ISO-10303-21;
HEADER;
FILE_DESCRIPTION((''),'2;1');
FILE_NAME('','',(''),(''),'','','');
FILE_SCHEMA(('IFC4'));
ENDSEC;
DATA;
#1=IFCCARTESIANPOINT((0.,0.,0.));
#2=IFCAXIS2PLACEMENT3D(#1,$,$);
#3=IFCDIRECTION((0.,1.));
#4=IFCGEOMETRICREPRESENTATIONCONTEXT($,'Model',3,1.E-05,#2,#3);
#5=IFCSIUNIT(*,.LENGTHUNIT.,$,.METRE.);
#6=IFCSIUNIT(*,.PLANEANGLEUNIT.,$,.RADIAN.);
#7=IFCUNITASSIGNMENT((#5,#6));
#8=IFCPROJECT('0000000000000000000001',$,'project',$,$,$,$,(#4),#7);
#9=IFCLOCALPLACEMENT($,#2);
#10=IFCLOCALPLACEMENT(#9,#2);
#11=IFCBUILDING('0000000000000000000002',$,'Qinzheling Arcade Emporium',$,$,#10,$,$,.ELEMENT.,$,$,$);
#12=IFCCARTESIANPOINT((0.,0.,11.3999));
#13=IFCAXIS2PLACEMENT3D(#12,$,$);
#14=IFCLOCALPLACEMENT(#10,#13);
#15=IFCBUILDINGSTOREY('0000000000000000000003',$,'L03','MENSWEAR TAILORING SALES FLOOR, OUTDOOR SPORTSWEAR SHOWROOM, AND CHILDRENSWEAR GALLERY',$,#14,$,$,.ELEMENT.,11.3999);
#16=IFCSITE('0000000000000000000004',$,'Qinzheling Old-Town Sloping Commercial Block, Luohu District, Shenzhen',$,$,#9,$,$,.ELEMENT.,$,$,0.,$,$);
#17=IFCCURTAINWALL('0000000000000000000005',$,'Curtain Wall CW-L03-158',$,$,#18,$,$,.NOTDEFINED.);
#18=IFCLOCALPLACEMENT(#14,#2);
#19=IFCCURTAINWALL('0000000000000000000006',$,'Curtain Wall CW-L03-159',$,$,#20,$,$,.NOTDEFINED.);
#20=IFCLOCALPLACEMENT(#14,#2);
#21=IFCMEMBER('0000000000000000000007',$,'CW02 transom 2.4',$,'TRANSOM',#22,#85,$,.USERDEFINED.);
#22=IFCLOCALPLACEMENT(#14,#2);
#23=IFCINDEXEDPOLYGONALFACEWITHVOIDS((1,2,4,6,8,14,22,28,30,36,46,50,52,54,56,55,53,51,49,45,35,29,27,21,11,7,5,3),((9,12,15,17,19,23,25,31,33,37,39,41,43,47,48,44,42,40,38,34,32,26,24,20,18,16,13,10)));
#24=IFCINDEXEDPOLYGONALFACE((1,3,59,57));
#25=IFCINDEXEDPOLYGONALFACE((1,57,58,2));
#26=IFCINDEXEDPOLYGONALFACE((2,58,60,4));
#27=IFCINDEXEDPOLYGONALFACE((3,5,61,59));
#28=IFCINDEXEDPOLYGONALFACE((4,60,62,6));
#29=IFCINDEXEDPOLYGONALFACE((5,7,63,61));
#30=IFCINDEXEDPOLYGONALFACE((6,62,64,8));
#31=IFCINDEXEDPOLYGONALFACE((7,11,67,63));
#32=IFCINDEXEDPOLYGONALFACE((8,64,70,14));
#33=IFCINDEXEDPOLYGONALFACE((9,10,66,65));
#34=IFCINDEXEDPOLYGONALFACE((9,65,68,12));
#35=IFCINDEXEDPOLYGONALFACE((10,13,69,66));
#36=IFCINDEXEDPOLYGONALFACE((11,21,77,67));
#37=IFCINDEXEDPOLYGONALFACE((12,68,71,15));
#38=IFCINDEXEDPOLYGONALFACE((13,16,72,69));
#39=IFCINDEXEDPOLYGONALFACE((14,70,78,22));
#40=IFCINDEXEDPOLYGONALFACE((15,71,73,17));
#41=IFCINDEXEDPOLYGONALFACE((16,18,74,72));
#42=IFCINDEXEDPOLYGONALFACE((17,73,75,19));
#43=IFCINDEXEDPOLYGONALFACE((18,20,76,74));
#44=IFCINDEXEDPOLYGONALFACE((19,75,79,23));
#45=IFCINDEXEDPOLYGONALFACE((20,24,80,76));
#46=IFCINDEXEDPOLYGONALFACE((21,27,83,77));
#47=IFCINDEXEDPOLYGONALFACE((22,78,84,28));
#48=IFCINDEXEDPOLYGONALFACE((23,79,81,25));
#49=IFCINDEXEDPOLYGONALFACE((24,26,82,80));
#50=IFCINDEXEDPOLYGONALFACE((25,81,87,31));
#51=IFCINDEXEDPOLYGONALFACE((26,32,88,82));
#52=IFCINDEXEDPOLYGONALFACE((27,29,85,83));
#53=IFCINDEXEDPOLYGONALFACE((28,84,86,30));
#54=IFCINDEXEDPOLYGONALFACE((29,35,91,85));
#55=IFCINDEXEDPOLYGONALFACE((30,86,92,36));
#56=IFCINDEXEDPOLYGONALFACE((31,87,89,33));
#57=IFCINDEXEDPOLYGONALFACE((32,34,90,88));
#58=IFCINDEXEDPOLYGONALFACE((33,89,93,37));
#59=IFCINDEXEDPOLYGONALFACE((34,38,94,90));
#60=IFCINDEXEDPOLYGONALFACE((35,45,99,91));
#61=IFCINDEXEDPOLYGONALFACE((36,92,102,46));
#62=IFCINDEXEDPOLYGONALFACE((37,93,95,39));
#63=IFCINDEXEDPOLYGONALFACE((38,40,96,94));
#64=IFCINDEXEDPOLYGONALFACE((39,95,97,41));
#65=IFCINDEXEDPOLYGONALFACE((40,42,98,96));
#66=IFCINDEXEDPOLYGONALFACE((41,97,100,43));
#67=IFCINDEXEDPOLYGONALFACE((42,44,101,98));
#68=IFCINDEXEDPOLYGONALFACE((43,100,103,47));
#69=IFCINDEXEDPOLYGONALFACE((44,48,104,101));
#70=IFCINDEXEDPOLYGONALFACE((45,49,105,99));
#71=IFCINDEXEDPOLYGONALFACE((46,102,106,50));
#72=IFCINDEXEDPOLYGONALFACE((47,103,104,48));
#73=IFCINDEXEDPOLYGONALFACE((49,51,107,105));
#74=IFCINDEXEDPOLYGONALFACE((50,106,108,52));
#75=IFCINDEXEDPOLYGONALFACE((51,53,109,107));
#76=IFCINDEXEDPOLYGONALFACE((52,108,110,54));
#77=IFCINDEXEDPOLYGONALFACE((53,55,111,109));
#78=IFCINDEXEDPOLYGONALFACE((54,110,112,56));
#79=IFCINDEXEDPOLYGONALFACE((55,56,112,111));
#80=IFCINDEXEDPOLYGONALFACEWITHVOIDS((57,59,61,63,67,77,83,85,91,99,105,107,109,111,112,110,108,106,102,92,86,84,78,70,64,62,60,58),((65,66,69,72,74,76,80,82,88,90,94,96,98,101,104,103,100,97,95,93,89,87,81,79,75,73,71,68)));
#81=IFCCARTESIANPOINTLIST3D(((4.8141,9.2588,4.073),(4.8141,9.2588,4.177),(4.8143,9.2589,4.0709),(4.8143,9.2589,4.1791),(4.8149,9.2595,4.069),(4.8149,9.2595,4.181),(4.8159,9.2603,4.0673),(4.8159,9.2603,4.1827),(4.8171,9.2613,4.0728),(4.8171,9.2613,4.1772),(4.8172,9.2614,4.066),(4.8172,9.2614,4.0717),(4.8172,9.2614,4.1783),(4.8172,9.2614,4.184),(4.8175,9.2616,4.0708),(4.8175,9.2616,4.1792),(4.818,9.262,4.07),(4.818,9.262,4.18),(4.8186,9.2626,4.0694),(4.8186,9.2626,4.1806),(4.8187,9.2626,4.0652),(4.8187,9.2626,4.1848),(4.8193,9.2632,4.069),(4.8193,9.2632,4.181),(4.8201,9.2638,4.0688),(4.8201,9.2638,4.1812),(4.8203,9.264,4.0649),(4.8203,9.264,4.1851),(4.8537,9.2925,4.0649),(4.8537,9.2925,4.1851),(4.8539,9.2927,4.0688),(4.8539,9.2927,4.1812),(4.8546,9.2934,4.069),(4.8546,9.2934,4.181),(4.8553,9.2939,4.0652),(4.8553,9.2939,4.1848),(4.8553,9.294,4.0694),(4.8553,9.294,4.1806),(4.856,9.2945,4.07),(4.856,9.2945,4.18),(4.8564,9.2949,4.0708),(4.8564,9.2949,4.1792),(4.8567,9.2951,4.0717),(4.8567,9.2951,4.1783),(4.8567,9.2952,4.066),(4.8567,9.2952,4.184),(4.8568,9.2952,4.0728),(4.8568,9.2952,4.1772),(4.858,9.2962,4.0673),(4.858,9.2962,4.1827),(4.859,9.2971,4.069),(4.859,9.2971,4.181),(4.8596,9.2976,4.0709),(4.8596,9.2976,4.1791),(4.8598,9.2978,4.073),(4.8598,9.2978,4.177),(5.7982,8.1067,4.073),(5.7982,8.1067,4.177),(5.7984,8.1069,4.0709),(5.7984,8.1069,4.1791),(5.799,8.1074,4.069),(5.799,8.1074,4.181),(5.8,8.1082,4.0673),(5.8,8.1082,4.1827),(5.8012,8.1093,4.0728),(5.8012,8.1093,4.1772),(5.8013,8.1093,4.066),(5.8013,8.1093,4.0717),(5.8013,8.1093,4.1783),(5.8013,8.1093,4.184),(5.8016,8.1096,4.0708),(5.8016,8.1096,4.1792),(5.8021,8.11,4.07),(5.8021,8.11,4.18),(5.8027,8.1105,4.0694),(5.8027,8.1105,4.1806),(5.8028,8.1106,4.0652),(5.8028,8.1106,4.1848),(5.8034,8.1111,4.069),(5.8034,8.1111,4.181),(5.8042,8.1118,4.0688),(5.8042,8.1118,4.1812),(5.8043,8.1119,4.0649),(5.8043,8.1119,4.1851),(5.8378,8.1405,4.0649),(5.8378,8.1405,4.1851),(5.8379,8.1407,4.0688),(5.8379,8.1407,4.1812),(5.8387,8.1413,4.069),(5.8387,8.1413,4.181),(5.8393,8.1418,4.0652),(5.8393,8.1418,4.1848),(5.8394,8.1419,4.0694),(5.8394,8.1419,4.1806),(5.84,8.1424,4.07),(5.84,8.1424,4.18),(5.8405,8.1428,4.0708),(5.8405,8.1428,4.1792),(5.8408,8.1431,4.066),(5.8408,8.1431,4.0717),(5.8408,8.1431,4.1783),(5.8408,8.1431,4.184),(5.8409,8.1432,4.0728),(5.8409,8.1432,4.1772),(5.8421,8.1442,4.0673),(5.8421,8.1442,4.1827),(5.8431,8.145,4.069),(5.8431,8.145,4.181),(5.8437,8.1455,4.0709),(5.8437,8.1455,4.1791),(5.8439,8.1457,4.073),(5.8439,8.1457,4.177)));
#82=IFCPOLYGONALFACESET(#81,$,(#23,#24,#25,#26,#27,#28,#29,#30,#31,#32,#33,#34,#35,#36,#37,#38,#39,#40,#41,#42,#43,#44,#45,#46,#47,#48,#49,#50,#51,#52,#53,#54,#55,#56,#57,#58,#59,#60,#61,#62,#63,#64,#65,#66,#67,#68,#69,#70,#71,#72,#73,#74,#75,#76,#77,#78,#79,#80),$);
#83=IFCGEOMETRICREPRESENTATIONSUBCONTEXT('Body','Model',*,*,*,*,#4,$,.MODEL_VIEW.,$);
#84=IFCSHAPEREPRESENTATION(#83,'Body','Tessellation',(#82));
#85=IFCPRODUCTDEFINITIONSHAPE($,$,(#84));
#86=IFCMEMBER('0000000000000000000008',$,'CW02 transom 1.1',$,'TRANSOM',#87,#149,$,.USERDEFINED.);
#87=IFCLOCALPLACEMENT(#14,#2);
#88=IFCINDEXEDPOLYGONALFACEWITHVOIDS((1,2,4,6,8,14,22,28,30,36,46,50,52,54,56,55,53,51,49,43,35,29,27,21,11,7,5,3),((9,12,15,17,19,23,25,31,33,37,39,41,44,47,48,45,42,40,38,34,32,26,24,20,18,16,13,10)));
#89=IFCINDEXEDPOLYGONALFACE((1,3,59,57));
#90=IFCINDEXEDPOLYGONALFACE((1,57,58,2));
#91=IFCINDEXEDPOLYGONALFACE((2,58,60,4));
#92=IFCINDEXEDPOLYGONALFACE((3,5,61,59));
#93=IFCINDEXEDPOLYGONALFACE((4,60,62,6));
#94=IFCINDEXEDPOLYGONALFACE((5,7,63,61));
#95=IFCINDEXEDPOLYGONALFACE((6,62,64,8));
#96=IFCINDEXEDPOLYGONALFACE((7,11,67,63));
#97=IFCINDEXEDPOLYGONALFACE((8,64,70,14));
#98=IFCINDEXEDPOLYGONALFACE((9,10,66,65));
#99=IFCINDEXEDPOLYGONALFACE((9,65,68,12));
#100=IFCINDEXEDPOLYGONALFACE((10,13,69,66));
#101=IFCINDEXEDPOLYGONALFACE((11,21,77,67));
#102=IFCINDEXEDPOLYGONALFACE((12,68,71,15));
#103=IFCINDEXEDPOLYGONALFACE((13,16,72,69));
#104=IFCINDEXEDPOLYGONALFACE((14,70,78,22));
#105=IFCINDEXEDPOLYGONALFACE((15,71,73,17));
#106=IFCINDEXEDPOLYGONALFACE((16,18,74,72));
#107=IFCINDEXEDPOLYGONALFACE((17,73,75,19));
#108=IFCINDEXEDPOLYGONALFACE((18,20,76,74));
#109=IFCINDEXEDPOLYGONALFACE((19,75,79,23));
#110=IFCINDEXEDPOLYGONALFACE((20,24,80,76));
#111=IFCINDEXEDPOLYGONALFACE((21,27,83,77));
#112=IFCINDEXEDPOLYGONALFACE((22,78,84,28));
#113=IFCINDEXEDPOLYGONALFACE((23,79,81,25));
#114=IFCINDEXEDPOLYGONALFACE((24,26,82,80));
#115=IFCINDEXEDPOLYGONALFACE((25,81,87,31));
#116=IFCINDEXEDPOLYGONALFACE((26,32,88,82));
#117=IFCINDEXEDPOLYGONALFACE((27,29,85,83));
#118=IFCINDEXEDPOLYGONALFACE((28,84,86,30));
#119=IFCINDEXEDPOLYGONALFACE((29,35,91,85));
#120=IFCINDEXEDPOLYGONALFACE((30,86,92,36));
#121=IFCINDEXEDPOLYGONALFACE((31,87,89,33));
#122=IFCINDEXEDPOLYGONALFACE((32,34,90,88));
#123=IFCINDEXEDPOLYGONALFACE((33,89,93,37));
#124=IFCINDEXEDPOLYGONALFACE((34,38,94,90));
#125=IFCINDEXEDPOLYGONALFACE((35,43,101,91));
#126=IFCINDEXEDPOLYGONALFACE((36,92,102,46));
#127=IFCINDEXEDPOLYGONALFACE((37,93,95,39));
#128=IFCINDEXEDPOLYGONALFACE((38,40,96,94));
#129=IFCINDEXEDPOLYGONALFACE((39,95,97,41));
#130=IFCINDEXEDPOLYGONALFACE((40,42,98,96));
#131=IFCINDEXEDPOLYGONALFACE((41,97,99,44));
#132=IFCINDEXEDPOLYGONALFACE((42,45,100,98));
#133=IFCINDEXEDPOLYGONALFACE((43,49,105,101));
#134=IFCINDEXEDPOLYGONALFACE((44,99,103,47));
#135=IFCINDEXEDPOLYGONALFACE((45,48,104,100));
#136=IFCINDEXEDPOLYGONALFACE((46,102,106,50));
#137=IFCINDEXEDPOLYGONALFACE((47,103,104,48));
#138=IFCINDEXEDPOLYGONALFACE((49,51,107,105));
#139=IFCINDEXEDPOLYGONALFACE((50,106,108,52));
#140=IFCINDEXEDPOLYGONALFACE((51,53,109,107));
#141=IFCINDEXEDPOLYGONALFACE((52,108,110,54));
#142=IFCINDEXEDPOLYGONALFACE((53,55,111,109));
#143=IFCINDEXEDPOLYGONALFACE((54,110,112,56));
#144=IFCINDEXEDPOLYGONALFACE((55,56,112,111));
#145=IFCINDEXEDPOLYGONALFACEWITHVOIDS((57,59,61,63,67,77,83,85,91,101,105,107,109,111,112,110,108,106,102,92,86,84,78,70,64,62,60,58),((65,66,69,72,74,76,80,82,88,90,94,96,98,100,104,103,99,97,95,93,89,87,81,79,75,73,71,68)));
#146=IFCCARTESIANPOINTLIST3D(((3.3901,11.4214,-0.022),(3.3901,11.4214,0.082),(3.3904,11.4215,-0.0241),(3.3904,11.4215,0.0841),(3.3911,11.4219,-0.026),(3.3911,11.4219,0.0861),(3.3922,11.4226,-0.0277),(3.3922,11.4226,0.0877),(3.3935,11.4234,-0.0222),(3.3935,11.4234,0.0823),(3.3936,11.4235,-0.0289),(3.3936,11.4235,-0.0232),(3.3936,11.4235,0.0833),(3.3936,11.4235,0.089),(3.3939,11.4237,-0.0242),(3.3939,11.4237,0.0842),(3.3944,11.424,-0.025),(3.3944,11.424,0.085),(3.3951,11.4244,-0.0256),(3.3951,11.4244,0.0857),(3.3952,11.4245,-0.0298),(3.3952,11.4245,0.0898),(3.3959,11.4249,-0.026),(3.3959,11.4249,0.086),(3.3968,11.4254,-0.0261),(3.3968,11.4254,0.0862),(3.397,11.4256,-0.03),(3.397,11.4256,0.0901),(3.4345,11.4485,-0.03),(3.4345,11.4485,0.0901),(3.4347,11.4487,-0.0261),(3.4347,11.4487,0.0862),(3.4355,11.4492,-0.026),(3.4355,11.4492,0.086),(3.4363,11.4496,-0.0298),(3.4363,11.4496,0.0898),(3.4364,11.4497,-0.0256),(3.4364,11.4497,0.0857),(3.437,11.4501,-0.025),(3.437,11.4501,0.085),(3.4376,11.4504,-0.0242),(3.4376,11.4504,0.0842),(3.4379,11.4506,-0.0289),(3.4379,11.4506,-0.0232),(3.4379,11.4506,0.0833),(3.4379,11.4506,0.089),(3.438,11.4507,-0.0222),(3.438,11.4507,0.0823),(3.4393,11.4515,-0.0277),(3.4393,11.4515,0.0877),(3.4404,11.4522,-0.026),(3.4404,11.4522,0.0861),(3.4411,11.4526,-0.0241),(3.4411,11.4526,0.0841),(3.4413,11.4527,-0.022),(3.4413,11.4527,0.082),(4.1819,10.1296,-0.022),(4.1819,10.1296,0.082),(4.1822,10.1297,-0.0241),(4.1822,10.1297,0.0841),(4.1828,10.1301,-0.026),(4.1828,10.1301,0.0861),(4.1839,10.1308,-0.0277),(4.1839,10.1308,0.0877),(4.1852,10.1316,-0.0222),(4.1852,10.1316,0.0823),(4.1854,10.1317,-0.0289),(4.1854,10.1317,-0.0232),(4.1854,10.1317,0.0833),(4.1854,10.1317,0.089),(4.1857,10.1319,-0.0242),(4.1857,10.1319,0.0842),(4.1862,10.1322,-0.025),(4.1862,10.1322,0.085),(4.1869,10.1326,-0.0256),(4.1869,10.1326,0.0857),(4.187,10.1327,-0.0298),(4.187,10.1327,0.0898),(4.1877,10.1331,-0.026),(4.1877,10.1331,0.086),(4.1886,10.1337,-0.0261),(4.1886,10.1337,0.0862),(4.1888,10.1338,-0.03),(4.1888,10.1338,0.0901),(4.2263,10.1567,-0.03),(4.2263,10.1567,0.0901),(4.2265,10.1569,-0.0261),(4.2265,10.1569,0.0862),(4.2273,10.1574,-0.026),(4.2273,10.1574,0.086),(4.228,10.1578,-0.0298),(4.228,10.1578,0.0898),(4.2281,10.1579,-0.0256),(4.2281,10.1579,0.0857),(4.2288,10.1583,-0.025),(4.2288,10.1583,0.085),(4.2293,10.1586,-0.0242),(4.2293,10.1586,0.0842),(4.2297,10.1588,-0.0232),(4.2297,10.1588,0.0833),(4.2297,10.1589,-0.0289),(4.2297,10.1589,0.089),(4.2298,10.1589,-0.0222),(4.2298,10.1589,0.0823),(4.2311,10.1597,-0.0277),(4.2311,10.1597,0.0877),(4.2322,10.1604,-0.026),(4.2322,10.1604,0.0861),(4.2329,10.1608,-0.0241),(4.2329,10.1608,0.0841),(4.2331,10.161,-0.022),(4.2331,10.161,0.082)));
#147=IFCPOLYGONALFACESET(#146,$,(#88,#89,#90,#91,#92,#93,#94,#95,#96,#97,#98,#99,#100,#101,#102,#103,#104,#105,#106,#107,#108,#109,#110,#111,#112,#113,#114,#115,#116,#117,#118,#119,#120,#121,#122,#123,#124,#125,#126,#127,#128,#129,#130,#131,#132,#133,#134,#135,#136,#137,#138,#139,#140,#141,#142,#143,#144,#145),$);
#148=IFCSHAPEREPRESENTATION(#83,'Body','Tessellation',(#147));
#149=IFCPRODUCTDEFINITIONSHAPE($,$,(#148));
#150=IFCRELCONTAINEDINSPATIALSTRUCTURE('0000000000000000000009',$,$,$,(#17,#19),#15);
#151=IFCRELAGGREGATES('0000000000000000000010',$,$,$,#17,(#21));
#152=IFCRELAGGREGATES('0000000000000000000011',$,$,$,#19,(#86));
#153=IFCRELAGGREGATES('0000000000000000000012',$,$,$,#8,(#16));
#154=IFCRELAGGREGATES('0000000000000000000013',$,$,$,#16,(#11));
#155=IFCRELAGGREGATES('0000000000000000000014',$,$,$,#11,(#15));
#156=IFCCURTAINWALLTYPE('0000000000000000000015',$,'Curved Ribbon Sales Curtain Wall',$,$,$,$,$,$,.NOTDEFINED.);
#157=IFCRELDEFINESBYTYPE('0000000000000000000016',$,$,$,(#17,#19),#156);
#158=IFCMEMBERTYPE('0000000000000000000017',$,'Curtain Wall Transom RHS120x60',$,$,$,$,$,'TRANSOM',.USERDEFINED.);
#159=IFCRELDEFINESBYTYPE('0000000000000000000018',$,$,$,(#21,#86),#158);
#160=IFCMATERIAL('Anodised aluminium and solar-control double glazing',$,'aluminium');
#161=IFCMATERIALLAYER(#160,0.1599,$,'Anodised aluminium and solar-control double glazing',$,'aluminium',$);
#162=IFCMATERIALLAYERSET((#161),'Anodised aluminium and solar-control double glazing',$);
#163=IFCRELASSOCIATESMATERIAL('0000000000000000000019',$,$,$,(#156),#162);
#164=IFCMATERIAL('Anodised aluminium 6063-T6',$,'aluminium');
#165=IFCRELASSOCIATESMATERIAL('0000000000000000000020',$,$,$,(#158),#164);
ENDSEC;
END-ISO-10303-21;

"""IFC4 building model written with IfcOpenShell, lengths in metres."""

from ifc_helpers import new_model, si_unit, direction, frame, origin, origin_2d, place, context, subcontext, project, spatial, hollow_rectangle, extrude, material, layer, layer_set, material_profile, profile_set, type_object, element, aggregate, save


model = new_model("IFC4")

# Units and contexts
model_context = context("Model", 3, precision=1e-05, world=origin(), true_north=direction((0.0, 1.0)))
body_context = subcontext(model_context, "Body", "Model", "MODEL_VIEW")
ifc_project = project(units=[si_unit("LENGTHUNIT", "METRE"), si_unit("PLANEANGLEUNIT", "RADIAN")], contexts=[model_context])

# Site, building, storey
site_placement = place(None, origin())
site = spatial("IfcSite", under=ifc_project, at=site_placement, Name="Qinzheling Old-Town Sloping Commercial Block, Luohu District, Shenzhen", CompositionType="ELEMENT", RefElevation=0.0)
building_placement = place(site_placement, origin())
building = spatial("IfcBuilding", under=site, at=building_placement, Name="Qinzheling Arcade Emporium", CompositionType="ELEMENT")
storey_placement = place(building_placement, frame((0.0, 0.0, 11.3999)))
storey = spatial("IfcBuildingStorey", under=building, at=storey_placement, Name="L03", Description="MENSWEAR TAILORING SALES FLOOR, OUTDOOR SPORTSWEAR SHOWROOM, AND CHILDRENSWEAR GALLERY", CompositionType="ELEMENT", Elevation=11.3999)

# Curtain walls
ifc_material_1 = material(Name="Anodised aluminium and solar-control double glazing", Category="aluminium")
ifc_layer_1 = layer(ifc_material_1, 0.1599, Name="Anodised aluminium and solar-control double glazing", Category="aluminium")
ifc_layer_set_1 = layer_set([ifc_layer_1], Name="Anodised aluminium and solar-control double glazing")
curtain_wall_type = type_object("IfcCurtainWallType", Name="Curved Ribbon Sales Curtain Wall", PredefinedType="NOTDEFINED", material=ifc_layer_set_1)
curtain_wall_1_placement = place(storey_placement, origin())
curtain_wall_1 = element("IfcCurtainWall", 1, at=curtain_wall_1_placement, inside=storey, type_object=curtain_wall_type, Name="Curtain Wall CW-L03-158", PredefinedType="NOTDEFINED")
ifc_material_2 = material(Name="Anodised aluminium 6063-T6", Category="aluminium")
curtain_wall_2_placement = place(storey_placement, origin())
curtain_wall_2 = element("IfcCurtainWall", 2, at=curtain_wall_2_placement, inside=storey, type_object=curtain_wall_type, Name="Curtain Wall CW-L03-159", PredefinedType="NOTDEFINED")

# Members
ifc_material_profile_1 = material_profile(ifc_material_2, hollow_rectangle(XDim=0.0601, YDim=0.1201, WallThickness=0.0039, InnerFilletRadius=0.0039, OuterFilletRadius=0.0081, at=origin_2d()), Name="RHS 120x60x4", Category="aluminium")
ifc_profile_set_1 = profile_set([ifc_material_profile_1], Name="Anodised aluminium 6063-T6")
member_type_1 = type_object("IfcMemberType", Name="Curtain Wall Transom RHS120x60", ElementType="TRANSOM", PredefinedType="USERDEFINED", material=ifc_profile_set_1)
member_1_placement = place(storey_placement, frame((5.821, 8.1262, 4.125), z_axis=(-0.649503, 0.760359, 0.0), x_axis=(-0.760359, -0.649503, 0.0)))
member_1 = element("IfcMember", 3, at=member_1_placement, type_object=member_type_1, Name="CW02 transom 2.4", ObjectType="TRANSOM", PredefinedType="USERDEFINED", context=body_context, shape_type="SweptSolid", body=[
    extrude(hollow_rectangle(XDim=0.0601, YDim=0.1201, WallThickness=0.0039, InnerFilletRadius=0.0039, OuterFilletRadius=0.0081, at=origin_2d()), origin(), (0.0, 0.0, 1.0), 1.5151),
])
member_2_placement = place(storey_placement, frame((4.2075, 10.1453, 0.03), z_axis=(-0.522577, 0.852592, 0.0), x_axis=(-0.852592, -0.522577, 0.0)))
member_2 = element("IfcMember", 4, at=member_2_placement, type_object=member_type_1, Name="CW02 transom 1.1", ObjectType="TRANSOM", PredefinedType="USERDEFINED", context=body_context, shape_type="SweptSolid", body=[
    extrude(hollow_rectangle(XDim=0.0601, YDim=0.1201, WallThickness=0.0039, InnerFilletRadius=0.0039, OuterFilletRadius=0.0081, at=origin_2d()), origin(), (0.0, 0.0, 1.0), 1.5151),
])

aggregate(curtain_wall_1, [member_1])
aggregate(curtain_wall_2, [member_2])

save(model, "model.ifc")
